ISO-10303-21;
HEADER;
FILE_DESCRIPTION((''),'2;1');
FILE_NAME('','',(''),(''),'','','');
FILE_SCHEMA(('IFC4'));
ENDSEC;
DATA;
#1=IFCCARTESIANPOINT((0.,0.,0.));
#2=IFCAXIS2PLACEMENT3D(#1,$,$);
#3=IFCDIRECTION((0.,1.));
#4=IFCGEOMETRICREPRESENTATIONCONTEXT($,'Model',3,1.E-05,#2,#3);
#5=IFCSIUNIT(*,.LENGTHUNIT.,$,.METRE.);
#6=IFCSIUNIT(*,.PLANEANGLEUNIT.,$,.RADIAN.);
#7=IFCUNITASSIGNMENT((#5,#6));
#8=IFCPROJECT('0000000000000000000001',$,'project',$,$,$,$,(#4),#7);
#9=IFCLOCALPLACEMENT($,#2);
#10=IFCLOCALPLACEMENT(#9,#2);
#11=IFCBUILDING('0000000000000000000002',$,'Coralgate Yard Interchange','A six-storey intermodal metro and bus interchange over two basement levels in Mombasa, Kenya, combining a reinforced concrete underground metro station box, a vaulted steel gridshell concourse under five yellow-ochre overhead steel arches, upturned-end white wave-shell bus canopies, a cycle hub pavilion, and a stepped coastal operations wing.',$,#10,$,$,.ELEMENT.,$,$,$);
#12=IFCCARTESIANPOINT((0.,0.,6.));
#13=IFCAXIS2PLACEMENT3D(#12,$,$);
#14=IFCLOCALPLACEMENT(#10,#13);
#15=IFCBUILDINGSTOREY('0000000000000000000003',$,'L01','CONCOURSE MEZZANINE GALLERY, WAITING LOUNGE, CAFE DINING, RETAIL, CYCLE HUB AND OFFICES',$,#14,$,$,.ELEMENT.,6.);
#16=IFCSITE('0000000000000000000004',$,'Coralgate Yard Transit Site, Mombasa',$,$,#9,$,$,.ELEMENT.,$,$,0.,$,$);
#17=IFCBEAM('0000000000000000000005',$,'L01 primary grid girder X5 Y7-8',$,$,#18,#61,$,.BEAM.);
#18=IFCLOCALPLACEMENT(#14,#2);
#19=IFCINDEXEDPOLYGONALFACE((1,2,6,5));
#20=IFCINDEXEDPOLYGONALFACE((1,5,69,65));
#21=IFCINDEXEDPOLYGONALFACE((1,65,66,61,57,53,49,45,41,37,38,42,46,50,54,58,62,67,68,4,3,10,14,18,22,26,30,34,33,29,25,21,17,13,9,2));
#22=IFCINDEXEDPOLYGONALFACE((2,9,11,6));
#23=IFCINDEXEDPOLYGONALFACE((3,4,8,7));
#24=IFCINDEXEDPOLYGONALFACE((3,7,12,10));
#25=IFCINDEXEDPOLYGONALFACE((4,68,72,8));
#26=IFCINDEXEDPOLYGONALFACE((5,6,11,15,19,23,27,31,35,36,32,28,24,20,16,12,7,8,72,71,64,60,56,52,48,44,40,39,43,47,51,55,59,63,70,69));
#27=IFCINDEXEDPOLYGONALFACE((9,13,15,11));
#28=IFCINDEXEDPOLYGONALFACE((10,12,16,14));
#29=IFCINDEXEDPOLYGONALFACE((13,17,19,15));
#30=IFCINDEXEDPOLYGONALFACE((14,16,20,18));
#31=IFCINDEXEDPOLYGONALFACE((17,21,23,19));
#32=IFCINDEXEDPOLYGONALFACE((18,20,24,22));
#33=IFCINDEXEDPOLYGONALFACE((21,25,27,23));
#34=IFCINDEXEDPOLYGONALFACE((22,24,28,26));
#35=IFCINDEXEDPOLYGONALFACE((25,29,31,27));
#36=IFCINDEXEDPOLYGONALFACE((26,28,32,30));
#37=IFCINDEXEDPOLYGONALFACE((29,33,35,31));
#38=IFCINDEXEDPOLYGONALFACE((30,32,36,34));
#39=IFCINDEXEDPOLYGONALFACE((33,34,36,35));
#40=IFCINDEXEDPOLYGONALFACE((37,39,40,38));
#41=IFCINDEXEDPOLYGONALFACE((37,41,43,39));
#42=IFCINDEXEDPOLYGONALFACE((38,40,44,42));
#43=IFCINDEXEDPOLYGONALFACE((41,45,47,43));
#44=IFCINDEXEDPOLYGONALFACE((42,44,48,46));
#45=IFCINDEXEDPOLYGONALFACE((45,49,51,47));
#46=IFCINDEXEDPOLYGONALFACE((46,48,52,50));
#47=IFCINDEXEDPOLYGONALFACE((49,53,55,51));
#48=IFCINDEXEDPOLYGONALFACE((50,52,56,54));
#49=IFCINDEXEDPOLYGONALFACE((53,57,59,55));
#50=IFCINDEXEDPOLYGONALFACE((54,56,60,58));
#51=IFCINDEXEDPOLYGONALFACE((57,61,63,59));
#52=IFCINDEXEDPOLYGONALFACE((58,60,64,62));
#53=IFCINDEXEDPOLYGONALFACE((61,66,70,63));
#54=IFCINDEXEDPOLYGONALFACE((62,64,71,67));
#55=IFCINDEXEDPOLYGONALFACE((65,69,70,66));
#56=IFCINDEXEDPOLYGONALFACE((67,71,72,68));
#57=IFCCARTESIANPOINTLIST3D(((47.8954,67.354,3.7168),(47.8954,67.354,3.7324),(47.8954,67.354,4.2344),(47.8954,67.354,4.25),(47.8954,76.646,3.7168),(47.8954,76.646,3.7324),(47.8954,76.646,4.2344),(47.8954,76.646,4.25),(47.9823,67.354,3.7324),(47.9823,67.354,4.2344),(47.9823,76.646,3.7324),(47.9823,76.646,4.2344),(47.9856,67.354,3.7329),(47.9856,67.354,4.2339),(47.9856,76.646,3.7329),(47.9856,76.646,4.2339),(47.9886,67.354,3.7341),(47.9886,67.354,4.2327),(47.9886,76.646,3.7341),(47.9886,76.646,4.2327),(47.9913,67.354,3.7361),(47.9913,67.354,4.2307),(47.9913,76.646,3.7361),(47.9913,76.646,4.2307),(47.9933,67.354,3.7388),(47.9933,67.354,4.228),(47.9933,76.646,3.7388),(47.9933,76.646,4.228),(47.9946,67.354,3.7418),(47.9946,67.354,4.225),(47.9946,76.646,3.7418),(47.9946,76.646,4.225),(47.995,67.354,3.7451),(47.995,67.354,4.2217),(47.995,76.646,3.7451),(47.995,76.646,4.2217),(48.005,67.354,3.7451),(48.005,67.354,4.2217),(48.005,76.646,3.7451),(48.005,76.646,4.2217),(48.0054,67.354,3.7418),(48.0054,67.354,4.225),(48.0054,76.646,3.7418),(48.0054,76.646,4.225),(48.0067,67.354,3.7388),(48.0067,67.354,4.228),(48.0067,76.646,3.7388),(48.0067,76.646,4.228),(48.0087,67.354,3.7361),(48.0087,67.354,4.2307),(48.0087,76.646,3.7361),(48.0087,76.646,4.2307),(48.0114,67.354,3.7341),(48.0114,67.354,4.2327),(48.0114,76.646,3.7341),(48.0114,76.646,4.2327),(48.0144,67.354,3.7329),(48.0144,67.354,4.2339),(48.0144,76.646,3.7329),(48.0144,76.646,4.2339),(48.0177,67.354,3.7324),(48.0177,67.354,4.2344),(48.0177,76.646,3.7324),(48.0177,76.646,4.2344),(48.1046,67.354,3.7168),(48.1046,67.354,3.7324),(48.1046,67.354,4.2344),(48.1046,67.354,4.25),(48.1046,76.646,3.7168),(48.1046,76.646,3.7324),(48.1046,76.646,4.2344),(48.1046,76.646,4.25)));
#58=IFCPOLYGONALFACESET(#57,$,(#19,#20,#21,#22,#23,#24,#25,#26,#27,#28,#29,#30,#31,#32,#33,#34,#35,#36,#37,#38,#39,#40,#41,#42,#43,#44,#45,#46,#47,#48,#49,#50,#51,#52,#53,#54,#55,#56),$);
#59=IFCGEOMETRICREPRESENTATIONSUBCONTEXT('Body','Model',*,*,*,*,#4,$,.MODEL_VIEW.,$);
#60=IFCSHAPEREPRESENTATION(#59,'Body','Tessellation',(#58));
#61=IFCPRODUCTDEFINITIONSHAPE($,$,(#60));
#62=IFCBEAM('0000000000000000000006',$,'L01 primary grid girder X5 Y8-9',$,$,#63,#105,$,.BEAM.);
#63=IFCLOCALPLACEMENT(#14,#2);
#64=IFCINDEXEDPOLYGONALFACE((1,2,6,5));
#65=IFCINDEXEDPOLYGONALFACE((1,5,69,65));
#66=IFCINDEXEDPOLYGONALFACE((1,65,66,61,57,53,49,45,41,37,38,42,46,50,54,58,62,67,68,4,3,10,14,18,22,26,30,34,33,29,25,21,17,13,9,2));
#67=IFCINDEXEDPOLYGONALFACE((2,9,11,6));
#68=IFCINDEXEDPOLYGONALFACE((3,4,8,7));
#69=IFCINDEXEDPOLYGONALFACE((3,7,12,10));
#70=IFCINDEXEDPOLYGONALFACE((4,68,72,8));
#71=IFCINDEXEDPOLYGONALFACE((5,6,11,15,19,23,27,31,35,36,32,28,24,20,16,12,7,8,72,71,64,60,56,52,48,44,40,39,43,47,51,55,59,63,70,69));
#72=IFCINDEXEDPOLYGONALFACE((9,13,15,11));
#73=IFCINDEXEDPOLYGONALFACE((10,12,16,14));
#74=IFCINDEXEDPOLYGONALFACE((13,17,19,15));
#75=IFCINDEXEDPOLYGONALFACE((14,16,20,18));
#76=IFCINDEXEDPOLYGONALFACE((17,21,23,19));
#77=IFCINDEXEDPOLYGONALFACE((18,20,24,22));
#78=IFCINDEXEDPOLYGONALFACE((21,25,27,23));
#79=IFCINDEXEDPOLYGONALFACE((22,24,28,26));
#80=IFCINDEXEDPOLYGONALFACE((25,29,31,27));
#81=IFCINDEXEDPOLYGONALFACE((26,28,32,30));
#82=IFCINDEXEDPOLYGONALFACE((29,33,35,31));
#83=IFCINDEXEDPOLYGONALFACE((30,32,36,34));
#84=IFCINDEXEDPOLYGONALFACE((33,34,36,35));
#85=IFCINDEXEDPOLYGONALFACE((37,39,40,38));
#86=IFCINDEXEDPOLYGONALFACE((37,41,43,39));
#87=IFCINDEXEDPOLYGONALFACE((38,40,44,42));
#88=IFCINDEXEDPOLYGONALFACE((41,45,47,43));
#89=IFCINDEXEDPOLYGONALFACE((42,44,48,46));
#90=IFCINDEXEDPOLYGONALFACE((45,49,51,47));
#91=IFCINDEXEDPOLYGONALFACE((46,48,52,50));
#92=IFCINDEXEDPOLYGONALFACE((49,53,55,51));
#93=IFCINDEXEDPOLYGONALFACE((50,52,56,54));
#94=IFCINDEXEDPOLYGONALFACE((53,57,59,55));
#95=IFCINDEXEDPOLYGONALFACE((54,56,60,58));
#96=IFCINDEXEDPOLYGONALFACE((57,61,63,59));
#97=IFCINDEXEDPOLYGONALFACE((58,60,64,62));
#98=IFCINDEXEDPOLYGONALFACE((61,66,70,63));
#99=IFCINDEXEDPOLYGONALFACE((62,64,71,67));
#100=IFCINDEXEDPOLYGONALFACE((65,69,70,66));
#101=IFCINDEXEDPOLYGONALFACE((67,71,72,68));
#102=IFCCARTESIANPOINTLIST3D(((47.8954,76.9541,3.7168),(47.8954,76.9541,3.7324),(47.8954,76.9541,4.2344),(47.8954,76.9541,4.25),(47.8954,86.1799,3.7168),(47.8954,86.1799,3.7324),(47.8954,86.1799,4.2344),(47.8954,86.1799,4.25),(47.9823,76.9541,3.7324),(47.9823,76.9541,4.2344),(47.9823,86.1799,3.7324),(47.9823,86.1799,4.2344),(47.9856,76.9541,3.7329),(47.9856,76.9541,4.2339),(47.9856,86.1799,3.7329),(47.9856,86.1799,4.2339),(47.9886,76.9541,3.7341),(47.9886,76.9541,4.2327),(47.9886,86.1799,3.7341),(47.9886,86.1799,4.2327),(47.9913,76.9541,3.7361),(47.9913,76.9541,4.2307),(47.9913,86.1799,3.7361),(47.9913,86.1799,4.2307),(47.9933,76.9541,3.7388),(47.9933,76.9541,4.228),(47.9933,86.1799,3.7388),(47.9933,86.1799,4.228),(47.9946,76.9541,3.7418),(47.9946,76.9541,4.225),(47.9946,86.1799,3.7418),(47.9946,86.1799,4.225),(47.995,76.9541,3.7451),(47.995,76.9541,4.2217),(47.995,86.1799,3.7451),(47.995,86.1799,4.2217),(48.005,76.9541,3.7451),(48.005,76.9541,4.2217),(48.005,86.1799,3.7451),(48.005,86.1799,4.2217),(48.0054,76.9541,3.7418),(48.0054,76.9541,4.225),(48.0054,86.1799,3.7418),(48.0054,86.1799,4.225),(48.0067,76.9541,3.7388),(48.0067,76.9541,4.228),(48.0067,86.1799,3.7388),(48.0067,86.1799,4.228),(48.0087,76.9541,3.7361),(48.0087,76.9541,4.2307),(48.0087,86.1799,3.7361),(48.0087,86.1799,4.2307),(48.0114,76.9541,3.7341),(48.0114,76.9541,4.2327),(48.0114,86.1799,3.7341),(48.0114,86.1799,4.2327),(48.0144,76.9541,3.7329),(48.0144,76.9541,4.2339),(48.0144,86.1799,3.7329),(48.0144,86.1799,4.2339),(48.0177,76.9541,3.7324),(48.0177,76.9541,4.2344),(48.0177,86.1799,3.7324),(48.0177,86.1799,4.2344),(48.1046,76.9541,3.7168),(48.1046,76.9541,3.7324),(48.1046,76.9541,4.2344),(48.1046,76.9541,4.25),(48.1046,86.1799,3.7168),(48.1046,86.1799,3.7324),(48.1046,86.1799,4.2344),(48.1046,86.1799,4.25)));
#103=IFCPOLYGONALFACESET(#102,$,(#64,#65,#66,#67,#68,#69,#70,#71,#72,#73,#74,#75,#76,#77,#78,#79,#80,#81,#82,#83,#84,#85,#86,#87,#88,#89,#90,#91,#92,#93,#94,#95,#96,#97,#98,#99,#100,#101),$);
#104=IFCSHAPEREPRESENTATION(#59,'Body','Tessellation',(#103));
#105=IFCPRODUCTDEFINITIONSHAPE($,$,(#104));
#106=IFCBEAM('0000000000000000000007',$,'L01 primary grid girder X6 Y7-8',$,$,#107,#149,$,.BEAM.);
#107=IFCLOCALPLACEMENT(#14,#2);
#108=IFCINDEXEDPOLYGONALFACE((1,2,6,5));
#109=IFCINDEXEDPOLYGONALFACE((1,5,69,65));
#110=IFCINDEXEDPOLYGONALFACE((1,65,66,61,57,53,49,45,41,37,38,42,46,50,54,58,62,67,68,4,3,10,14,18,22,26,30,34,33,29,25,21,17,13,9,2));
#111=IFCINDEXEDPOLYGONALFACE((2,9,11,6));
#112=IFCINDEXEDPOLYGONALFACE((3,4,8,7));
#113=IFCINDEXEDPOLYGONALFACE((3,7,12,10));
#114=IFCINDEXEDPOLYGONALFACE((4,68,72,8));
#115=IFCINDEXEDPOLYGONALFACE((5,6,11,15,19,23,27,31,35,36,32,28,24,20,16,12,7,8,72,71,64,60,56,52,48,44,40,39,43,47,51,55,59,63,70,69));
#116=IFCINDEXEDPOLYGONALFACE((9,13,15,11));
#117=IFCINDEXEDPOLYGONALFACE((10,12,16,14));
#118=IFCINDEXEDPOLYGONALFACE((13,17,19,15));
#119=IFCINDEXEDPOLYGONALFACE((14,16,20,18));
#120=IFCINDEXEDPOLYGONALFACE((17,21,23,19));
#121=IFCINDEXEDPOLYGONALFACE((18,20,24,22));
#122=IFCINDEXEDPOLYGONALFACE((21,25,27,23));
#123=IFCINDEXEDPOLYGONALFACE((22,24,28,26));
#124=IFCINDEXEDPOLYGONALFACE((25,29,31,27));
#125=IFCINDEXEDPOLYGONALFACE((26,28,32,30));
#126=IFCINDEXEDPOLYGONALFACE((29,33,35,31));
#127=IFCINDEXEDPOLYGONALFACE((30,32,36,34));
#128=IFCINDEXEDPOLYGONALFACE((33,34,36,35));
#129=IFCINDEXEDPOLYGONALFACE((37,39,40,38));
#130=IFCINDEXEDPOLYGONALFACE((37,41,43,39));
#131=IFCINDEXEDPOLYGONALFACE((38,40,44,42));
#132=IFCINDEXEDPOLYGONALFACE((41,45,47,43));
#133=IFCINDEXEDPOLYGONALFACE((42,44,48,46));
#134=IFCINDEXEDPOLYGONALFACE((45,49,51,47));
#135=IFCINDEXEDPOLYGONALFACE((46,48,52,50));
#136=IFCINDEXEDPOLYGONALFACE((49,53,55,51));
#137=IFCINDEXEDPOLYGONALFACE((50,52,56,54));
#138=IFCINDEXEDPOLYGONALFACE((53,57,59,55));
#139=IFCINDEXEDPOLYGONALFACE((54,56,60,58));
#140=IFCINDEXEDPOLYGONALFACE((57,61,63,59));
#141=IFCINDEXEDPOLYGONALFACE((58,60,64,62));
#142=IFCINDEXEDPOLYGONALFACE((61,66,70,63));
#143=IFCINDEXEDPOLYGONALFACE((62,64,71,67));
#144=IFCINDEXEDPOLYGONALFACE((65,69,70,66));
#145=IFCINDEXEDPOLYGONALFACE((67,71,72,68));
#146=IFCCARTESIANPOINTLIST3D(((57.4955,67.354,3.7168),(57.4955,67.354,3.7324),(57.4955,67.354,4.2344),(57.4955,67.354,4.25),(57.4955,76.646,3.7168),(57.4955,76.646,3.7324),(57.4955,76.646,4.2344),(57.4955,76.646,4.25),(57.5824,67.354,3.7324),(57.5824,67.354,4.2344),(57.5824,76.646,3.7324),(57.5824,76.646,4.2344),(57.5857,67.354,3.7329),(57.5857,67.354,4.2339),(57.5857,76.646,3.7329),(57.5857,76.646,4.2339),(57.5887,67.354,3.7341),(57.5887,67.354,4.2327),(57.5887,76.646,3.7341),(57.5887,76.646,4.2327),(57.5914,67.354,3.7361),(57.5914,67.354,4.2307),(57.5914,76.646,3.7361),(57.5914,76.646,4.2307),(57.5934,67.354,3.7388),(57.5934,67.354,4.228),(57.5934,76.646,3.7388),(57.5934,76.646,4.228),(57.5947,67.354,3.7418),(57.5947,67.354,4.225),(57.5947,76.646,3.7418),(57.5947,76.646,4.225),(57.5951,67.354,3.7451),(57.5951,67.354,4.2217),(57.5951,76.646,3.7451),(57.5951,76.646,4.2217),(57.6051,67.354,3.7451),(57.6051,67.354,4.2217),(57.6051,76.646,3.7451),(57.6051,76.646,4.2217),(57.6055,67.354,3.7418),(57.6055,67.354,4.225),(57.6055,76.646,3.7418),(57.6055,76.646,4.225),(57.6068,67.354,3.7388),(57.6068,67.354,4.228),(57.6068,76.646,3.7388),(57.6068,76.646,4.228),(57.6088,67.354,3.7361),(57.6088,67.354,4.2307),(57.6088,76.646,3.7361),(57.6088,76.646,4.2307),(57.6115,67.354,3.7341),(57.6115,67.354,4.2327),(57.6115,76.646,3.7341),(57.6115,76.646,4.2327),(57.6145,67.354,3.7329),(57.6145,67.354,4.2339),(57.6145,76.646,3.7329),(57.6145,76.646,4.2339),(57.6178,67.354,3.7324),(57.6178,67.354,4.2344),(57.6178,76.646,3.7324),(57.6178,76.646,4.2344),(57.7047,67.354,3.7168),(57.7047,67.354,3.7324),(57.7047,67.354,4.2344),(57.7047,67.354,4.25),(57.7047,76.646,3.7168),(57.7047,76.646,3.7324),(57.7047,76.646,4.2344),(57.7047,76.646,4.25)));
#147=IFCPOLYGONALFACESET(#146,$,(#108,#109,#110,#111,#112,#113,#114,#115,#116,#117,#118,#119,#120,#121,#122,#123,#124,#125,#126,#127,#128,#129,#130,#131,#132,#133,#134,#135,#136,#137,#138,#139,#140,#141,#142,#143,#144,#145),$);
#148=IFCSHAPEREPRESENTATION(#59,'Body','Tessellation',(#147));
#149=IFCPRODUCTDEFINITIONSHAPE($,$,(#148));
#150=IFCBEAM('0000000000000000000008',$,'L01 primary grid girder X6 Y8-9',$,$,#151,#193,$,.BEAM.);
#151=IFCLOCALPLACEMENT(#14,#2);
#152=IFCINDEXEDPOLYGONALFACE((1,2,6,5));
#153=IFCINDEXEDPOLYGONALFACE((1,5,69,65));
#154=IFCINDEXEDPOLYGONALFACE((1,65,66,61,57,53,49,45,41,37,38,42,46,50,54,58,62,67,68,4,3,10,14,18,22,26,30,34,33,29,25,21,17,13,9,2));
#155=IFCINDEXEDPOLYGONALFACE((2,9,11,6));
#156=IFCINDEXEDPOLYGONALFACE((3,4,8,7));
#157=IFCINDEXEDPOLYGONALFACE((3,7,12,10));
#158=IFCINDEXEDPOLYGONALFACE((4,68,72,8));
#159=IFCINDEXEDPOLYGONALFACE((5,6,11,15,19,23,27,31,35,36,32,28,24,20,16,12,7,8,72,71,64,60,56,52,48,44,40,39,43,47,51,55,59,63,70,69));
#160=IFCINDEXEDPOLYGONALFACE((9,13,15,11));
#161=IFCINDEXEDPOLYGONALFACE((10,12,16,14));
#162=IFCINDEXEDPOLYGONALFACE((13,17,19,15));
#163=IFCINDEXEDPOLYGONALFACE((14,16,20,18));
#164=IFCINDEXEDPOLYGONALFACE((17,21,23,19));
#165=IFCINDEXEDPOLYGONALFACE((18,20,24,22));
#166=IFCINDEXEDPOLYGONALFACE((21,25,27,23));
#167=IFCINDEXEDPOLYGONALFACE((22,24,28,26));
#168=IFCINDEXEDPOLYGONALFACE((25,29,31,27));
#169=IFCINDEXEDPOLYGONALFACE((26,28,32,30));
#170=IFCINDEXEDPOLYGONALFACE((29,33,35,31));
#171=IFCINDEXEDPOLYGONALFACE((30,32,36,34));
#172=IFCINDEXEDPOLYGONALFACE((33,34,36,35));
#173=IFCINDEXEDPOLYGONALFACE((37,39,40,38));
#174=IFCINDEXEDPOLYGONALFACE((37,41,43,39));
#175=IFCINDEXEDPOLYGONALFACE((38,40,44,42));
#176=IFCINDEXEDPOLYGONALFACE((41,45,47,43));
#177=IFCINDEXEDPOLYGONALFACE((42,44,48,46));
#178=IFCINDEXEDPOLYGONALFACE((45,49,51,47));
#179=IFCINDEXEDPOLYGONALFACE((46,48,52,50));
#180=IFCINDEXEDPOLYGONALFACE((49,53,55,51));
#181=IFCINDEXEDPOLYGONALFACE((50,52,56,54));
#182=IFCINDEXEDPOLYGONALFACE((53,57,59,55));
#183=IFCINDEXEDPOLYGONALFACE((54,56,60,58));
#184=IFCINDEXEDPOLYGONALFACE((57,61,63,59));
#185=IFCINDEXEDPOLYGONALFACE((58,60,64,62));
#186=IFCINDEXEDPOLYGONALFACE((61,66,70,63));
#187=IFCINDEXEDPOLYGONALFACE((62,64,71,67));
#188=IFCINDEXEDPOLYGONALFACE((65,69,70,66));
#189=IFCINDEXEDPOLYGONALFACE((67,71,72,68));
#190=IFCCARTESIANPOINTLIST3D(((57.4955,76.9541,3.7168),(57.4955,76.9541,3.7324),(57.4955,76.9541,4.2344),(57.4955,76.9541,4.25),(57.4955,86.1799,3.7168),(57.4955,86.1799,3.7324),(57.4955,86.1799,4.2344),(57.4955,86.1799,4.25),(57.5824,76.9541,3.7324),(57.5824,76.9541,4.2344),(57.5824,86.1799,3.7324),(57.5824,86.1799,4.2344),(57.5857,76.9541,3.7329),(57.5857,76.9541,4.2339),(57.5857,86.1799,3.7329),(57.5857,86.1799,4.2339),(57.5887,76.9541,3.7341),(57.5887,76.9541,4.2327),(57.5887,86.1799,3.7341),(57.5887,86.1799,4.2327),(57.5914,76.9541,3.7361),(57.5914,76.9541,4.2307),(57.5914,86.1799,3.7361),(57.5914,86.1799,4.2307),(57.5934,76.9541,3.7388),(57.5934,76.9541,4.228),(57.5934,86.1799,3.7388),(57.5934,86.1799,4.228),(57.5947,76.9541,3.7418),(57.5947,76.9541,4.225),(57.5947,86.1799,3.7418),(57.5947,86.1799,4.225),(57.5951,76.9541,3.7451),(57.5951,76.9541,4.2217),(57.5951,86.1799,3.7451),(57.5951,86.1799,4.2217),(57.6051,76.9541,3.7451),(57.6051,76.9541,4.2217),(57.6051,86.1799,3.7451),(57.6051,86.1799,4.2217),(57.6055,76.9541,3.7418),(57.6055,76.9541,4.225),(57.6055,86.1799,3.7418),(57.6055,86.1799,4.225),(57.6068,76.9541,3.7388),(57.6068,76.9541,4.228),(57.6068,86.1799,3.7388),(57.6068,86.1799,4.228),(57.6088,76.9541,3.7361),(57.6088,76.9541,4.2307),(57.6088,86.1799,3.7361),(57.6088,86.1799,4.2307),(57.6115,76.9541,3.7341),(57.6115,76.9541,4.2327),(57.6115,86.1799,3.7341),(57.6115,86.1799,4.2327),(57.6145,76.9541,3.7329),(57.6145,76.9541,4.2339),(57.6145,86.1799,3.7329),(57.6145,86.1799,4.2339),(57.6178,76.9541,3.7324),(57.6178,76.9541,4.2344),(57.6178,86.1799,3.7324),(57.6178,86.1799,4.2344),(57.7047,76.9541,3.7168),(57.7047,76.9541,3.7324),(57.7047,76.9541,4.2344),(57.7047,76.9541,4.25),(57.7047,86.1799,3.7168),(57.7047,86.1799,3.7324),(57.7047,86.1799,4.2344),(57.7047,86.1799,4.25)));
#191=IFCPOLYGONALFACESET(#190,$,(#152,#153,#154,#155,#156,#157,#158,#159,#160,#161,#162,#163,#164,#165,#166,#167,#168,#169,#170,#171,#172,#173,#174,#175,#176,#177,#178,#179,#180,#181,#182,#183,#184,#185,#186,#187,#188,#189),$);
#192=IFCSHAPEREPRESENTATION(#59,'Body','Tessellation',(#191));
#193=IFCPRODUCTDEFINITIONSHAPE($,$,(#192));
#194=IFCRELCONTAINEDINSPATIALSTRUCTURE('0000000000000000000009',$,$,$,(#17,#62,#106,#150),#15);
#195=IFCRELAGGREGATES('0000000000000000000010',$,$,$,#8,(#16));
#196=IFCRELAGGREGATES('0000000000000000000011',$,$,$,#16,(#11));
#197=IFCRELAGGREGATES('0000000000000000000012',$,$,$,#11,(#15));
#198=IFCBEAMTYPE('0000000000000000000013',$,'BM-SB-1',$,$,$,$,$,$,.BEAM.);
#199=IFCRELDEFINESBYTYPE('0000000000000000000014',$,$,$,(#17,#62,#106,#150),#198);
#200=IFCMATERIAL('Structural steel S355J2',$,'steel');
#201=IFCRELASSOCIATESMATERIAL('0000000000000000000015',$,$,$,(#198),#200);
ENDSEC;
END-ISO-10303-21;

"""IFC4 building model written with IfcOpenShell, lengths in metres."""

from ifc_helpers import new_model, si_unit, direction, frame, origin, origin_2d, place, context, subcontext, project, spatial, i_section, extrude, material, material_profile, profile_set, type_object, element, save


model = new_model("IFC4")

# Units and contexts
model_context = context("Model", 3, precision=1e-05, world=origin(), true_north=direction((0.0, 1.0)))
body_context = subcontext(model_context, "Body", "Model", "MODEL_VIEW")
ifc_project = project(units=[si_unit("LENGTHUNIT", "METRE"), si_unit("PLANEANGLEUNIT", "RADIAN")], contexts=[model_context])

# Site, building, storey
site_placement = place(None, origin())
site = spatial("IfcSite", under=ifc_project, at=site_placement, Name="Coralgate Yard Transit Site, Mombasa", CompositionType="ELEMENT", RefElevation=0.0)
building_placement = place(site_placement, origin())
building = spatial("IfcBuilding", under=site, at=building_placement, Name="Coralgate Yard Interchange", Description="A six-storey intermodal metro and bus interchange over two basement levels in Mombasa, Kenya, combining a reinforced concrete underground metro station box, a vaulted steel gridshell concourse under five yellow-ochre overhead steel arches, upturned-end white wave-shell bus canopies, a cycle hub pavilion, and a stepped coastal operations wing.", CompositionType="ELEMENT")
storey_placement = place(building_placement, frame((0.0, 0.0, 6.0)))
storey = spatial("IfcBuildingStorey", under=building, at=storey_placement, Name="L01", Description="CONCOURSE MEZZANINE GALLERY, WAITING LOUNGE, CAFE DINING, RETAIL, CYCLE HUB AND OFFICES", CompositionType="ELEMENT", Elevation=6.0)

# Shared definitions
ifc_material_1 = material(Name="Structural steel S355J2", Category="steel")

# Beams
ifc_material_profile_1 = material_profile(ifc_material_1, i_section(OverallWidth=0.2092, OverallDepth=0.5332, WebThickness=0.01, FlangeThickness=0.0156, FilletRadius=0.0127, at=origin_2d()), Name="UB 533x210x92")
ifc_profile_set_1 = profile_set([ifc_material_profile_1], Name="Structural steel S355J2")
beam_type_1 = type_object("IfcBeamType", Name="BM-SB-1", PredefinedType="BEAM", material=ifc_profile_set_1)
beam_1_placement = place(storey_placement, frame((48.0, 67.354, 3.9834), z_axis=(0.0, 1.0, 0.0), x_axis=(-1.0, 0.0, 0.0)))
element("IfcBeam", 1, at=beam_1_placement, inside=storey, type_object=beam_type_1, Name="L01 primary grid girder X5 Y7-8", PredefinedType="BEAM", context=body_context, shape_type="SweptSolid", body=[
    extrude(i_section(OverallWidth=0.2092, OverallDepth=0.5332, WebThickness=0.01, FlangeThickness=0.0156, FilletRadius=0.0127, at=origin_2d()), origin(), (0.0, 0.0, 1.0), 9.292),
])
beam_2_placement = place(storey_placement, frame((48.0, 76.9541, 3.9834), z_axis=(0.0, 1.0, 0.0), x_axis=(-1.0, 0.0, 0.0)))
element("IfcBeam", 2, at=beam_2_placement, inside=storey, type_object=beam_type_1, Name="L01 primary grid girder X5 Y8-9", PredefinedType="BEAM", context=body_context, shape_type="SweptSolid", body=[
    extrude(i_section(OverallWidth=0.2092, OverallDepth=0.5332, WebThickness=0.01, FlangeThickness=0.0156, FilletRadius=0.0127, at=origin_2d()), origin(), (0.0, 0.0, 1.0), 9.2258),
])
beam_3_placement = place(storey_placement, frame((57.6001, 67.354, 3.9834), z_axis=(0.0, 1.0, 0.0), x_axis=(-1.0, 0.0, 0.0)))
element("IfcBeam", 3, at=beam_3_placement, inside=storey, type_object=beam_type_1, Name="L01 primary grid girder X6 Y7-8", PredefinedType="BEAM", context=body_context, shape_type="SweptSolid", body=[
    extrude(i_section(OverallWidth=0.2092, OverallDepth=0.5332, WebThickness=0.01, FlangeThickness=0.0156, FilletRadius=0.0127, at=origin_2d()), origin(), (0.0, 0.0, 1.0), 9.292),
])
beam_4_placement = place(storey_placement, frame((57.6001, 76.9541, 3.9834), z_axis=(0.0, 1.0, 0.0), x_axis=(-1.0, 0.0, 0.0)))
element("IfcBeam", 4, at=beam_4_placement, inside=storey, type_object=beam_type_1, Name="L01 primary grid girder X6 Y8-9", PredefinedType="BEAM", context=body_context, shape_type="SweptSolid", body=[
    extrude(i_section(OverallWidth=0.2092, OverallDepth=0.5332, WebThickness=0.01, FlangeThickness=0.0156, FilletRadius=0.0127, at=origin_2d()), origin(), (0.0, 0.0, 1.0), 9.2258),
])

save(model, "model.ifc")
